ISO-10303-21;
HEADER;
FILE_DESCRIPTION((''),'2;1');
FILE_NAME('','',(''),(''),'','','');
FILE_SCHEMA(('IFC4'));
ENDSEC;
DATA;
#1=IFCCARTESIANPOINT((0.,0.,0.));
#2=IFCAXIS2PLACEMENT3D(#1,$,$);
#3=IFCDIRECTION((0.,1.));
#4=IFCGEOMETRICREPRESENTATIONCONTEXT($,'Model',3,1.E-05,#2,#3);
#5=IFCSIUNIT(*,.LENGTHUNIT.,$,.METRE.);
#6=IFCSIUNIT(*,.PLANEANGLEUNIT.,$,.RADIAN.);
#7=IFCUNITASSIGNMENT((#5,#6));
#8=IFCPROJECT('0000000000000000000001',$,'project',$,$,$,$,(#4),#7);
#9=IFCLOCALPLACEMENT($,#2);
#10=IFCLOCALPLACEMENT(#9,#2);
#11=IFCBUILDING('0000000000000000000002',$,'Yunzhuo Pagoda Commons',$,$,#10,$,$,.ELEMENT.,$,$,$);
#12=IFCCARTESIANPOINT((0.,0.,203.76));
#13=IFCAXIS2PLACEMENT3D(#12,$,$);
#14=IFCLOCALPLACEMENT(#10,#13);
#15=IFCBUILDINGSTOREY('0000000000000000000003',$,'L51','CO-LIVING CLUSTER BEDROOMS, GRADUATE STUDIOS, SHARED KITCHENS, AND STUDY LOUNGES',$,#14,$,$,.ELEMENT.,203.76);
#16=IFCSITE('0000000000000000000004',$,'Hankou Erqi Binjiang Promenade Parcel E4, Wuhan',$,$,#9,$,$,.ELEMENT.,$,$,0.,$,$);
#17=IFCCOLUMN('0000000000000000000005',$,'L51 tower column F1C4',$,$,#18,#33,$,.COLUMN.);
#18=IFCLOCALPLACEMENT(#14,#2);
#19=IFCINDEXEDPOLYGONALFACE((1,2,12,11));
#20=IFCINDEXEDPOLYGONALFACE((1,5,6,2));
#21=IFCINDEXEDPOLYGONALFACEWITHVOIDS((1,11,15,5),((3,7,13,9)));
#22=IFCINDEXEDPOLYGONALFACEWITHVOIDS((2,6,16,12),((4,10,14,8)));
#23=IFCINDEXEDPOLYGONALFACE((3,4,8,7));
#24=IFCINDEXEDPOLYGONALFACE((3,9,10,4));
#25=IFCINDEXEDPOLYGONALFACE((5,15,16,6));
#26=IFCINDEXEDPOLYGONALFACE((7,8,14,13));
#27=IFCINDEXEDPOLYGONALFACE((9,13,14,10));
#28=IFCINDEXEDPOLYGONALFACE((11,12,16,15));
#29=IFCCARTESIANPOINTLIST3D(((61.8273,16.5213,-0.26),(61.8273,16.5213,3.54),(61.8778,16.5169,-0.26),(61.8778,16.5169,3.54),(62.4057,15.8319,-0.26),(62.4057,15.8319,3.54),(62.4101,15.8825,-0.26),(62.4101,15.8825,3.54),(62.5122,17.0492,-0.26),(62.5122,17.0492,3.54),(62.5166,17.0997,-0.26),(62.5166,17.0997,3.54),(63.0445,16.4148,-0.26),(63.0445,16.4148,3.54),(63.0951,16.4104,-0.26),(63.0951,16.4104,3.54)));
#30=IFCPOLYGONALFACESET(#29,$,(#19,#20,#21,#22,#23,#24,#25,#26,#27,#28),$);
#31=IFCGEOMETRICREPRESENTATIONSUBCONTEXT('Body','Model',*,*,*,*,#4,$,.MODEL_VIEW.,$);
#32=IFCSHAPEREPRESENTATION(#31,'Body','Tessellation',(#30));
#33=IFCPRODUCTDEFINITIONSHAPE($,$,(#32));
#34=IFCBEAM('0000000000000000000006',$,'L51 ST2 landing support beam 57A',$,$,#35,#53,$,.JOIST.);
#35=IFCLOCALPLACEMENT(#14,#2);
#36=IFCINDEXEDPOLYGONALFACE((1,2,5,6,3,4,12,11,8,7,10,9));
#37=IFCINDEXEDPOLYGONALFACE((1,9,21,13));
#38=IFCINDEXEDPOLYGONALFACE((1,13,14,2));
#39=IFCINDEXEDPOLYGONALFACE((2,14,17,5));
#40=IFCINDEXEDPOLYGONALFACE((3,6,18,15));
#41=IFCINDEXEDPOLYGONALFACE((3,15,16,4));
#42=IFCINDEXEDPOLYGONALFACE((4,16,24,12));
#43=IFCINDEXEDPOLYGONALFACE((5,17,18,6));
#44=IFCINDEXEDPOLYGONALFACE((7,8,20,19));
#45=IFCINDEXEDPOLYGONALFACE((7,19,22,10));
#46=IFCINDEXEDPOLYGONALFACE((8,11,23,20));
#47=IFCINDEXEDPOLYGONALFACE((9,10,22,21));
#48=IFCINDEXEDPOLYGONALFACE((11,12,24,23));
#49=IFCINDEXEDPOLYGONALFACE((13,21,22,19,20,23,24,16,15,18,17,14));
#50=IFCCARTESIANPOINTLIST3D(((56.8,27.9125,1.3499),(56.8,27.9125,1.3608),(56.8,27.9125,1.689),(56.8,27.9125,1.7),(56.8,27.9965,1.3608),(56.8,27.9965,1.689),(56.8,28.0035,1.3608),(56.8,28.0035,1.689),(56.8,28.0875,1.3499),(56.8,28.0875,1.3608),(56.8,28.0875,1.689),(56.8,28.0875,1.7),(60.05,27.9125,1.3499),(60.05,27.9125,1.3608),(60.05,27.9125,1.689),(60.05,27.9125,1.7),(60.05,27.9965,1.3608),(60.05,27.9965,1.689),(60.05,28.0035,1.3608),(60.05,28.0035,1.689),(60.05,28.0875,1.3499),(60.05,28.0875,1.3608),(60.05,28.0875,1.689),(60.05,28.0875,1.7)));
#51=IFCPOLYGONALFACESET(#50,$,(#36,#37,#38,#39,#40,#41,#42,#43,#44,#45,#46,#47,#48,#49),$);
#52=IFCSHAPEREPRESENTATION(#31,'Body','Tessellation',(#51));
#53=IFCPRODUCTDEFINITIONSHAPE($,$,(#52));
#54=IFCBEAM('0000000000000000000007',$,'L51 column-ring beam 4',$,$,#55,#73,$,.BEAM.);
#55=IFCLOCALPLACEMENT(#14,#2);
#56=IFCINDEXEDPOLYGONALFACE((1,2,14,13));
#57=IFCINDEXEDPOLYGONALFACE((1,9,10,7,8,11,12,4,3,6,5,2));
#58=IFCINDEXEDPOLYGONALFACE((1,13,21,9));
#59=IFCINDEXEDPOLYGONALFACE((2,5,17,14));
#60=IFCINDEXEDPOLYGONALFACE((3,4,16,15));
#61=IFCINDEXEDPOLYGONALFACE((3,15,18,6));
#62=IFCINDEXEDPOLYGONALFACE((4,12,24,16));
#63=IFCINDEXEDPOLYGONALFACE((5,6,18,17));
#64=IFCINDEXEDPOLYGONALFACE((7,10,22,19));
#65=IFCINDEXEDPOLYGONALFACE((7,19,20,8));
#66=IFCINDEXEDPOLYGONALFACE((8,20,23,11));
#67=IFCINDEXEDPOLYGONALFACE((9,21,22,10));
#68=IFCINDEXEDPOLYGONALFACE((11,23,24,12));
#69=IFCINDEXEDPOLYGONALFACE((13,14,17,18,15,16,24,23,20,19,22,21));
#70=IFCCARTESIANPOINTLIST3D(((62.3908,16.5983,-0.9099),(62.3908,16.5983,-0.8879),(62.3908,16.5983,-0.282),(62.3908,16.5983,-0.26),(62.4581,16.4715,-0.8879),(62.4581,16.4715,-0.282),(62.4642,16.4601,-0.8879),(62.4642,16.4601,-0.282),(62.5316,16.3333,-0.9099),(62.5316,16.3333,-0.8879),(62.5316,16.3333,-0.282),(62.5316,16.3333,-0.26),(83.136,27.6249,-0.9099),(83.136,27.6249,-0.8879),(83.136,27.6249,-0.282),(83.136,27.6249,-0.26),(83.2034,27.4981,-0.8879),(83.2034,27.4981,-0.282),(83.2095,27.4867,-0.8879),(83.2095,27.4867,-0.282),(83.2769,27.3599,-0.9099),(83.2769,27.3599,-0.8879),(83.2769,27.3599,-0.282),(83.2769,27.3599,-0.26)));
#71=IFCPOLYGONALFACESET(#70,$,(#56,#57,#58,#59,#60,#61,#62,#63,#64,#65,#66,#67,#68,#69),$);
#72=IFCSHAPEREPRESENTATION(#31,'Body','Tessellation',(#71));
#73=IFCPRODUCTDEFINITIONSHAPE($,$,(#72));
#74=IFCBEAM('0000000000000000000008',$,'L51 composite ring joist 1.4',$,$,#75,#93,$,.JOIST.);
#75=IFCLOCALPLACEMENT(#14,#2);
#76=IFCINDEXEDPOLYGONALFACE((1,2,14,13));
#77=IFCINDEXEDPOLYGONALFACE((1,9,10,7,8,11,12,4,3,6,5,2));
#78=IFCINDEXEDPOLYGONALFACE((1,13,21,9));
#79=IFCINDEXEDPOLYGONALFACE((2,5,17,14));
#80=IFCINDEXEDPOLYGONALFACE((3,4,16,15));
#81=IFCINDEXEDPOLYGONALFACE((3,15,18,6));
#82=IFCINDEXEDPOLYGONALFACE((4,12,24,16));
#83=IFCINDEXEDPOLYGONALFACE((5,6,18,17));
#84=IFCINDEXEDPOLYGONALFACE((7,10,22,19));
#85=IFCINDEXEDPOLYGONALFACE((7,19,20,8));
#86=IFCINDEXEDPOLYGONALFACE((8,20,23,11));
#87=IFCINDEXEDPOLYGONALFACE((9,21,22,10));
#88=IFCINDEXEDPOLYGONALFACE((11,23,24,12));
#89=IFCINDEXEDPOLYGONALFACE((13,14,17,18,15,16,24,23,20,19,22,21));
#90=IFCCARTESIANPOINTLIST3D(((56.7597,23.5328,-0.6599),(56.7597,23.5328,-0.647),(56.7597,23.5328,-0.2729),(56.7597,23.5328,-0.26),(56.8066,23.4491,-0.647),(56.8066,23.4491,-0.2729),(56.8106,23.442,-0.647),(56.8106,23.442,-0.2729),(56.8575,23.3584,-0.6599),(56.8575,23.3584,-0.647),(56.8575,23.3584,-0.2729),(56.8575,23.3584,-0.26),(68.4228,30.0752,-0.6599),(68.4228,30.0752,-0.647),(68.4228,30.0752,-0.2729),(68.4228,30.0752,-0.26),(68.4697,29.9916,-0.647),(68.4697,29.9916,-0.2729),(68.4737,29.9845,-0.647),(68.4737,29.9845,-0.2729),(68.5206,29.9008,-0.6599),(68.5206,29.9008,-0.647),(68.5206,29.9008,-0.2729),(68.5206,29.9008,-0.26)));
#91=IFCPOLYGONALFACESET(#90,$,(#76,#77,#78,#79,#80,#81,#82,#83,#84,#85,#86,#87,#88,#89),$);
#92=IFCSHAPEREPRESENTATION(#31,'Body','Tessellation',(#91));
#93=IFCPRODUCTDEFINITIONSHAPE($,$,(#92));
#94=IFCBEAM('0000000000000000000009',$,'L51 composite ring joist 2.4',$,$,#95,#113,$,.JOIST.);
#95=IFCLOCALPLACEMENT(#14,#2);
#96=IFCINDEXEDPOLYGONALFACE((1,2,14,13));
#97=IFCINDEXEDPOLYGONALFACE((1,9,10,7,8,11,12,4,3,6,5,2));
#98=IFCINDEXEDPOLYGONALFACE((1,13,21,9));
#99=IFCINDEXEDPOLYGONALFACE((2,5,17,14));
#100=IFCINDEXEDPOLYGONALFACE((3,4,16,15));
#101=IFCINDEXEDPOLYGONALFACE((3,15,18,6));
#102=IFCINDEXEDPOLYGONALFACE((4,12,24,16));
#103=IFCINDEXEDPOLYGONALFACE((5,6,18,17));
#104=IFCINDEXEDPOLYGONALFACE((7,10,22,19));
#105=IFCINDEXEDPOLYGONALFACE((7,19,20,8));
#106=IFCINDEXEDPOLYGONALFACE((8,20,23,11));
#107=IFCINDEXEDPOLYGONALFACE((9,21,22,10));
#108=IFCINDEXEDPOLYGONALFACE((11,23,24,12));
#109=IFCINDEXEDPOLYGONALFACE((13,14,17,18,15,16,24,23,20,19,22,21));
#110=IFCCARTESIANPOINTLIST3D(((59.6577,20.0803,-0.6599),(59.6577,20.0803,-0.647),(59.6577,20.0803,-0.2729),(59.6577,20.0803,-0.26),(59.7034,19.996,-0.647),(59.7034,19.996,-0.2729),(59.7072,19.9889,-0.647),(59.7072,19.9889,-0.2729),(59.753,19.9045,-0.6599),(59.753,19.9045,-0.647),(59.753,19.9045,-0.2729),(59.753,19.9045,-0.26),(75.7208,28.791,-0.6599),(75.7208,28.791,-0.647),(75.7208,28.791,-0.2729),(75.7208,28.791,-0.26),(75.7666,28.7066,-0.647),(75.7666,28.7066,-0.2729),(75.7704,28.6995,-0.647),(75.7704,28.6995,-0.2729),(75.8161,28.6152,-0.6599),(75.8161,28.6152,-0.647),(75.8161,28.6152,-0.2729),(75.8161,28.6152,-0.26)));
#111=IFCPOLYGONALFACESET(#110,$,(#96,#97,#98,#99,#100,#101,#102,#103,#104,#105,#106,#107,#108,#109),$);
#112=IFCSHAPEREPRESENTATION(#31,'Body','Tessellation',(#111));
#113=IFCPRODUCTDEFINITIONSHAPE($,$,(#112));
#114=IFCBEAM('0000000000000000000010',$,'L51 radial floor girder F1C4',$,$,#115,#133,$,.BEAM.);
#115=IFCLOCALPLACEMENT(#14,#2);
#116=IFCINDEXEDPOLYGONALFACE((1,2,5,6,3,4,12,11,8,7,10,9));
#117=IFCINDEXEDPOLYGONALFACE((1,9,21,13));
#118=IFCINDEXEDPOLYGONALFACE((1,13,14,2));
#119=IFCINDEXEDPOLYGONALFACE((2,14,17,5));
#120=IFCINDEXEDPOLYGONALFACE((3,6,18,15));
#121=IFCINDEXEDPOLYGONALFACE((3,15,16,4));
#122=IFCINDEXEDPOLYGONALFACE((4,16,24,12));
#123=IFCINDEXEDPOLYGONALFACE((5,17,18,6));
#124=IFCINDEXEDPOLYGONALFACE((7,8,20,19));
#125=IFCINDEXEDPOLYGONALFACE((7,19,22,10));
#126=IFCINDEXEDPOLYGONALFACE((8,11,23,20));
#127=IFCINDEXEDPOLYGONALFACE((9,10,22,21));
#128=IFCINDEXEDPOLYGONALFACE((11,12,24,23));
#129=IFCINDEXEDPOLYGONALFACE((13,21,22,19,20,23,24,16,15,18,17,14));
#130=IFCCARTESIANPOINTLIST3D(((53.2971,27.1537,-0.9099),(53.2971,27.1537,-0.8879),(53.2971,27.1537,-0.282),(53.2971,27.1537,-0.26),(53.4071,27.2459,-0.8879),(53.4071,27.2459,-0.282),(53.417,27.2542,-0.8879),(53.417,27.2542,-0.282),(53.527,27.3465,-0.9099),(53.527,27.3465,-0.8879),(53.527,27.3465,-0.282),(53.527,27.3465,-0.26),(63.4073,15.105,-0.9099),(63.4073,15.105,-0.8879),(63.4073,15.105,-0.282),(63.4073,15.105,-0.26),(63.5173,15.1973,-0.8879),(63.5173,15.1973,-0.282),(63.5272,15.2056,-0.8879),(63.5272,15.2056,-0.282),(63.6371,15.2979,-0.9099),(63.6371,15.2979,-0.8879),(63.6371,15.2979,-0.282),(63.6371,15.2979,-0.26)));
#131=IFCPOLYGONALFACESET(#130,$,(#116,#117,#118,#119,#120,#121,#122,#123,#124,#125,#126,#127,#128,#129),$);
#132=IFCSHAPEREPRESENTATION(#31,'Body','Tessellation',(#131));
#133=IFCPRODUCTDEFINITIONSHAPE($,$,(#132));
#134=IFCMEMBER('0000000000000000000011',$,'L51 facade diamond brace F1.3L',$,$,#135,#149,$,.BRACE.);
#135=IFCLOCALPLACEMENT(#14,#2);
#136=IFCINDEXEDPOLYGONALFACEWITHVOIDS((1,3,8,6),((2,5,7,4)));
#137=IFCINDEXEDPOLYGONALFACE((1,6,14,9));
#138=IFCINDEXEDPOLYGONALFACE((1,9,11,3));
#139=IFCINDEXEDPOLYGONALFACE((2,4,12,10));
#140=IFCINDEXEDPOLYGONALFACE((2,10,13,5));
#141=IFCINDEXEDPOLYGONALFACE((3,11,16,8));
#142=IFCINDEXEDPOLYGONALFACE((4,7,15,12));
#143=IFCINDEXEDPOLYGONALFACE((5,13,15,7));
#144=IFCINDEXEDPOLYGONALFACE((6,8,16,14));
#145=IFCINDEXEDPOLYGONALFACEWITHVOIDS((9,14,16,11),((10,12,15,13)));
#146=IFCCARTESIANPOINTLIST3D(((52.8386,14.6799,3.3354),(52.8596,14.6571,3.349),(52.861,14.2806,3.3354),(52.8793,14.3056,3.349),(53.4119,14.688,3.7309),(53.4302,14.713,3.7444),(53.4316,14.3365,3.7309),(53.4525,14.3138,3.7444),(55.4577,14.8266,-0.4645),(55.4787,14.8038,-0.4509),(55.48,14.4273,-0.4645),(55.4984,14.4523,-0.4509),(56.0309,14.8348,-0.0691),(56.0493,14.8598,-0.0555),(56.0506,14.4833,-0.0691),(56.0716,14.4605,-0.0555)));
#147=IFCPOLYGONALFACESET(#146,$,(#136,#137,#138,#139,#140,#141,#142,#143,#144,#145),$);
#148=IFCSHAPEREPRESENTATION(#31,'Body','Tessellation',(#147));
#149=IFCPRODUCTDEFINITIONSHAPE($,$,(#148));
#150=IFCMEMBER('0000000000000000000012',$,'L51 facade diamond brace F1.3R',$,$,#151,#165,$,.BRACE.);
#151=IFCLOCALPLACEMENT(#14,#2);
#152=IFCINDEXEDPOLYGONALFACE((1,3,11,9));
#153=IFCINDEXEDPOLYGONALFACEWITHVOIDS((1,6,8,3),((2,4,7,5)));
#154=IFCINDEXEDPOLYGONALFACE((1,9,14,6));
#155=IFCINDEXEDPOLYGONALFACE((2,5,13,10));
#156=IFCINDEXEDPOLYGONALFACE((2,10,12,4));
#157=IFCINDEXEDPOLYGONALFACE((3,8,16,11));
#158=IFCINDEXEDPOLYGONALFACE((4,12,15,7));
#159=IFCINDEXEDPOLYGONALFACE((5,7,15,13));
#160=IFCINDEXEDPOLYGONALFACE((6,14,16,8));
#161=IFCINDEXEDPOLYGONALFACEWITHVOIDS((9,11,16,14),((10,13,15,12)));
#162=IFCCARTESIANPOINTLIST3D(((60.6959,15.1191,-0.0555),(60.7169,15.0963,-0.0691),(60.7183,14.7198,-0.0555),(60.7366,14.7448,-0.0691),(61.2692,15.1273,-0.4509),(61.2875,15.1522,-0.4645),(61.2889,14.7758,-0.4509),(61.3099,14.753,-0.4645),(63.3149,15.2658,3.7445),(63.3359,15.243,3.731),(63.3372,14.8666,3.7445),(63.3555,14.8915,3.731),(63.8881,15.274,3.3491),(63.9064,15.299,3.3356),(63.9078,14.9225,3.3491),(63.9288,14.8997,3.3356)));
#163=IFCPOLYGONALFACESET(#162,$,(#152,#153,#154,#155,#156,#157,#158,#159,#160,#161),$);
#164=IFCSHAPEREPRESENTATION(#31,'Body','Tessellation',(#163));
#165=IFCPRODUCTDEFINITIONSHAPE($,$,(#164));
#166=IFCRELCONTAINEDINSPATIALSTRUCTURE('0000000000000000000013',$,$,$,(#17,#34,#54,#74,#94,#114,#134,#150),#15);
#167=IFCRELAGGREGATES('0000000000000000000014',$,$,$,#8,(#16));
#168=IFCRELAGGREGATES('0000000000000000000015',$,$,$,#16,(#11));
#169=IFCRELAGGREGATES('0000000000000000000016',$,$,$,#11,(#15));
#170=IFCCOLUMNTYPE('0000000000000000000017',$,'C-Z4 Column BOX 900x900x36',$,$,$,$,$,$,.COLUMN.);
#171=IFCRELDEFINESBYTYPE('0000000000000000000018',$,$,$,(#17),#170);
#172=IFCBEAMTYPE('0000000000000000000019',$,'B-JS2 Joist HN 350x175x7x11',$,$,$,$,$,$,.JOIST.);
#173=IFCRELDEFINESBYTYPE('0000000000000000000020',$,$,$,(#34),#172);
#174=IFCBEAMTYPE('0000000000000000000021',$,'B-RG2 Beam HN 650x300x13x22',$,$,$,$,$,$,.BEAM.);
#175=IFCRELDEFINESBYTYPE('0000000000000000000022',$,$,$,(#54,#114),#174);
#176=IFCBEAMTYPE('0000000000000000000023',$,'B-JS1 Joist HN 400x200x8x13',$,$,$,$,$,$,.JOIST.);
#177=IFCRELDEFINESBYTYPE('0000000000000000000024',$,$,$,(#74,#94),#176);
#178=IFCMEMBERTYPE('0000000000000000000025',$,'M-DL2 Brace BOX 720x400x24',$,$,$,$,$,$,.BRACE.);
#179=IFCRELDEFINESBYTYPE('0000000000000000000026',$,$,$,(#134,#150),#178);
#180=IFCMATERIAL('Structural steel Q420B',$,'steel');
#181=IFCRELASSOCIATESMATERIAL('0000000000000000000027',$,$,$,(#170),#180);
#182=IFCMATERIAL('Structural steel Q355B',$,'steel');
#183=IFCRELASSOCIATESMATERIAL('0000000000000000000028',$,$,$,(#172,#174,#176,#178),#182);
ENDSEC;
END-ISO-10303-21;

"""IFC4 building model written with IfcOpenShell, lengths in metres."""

from ifc_helpers import new_model, si_unit, direction, frame, origin, origin_2d, place, context, subcontext, project, spatial, hollow_rectangle, i_section, extrude, source, transform, mapped, material, material_profile, profile_set, type_object, element, save


model = new_model("IFC4")

# Units and contexts
model_context = context("Model", 3, precision=1e-05, world=origin(), true_north=direction((0.0, 1.0)))
body_context = subcontext(model_context, "Body", "Model", "MODEL_VIEW")
ifc_project = project(units=[si_unit("LENGTHUNIT", "METRE"), si_unit("PLANEANGLEUNIT", "RADIAN")], contexts=[model_context])

# Site, building, storey
site_placement = place(None, origin())
site = spatial("IfcSite", under=ifc_project, at=site_placement, Name="Hankou Erqi Binjiang Promenade Parcel E4, Wuhan", CompositionType="ELEMENT", RefElevation=0.0)
building_placement = place(site_placement, origin())
building = spatial("IfcBuilding", under=site, at=building_placement, Name="Yunzhuo Pagoda Commons", CompositionType="ELEMENT")
storey_placement = place(building_placement, frame((0.0, 0.0, 203.76)))
storey = spatial("IfcBuildingStorey", under=building, at=storey_placement, Name="L51", Description="CO-LIVING CLUSTER BEDROOMS, GRADUATE STUDIOS, SHARED KITCHENS, AND STUDY LOUNGES", CompositionType="ELEMENT", Elevation=203.76)

# Column
ifc_material_1 = material(Name="Structural steel Q420B", Category="steel")
ifc_material_profile_1 = material_profile(ifc_material_1, hollow_rectangle(XDim=0.8999, YDim=0.8999, WallThickness=0.0359, at=origin_2d()), Name="Structural steel Q420B")
ifc_profile_set_1 = profile_set([ifc_material_profile_1], Name="Structural steel Q420B")
column_type = type_object("IfcColumnType", Name="C-Z4 Column BOX 900x900x36", PredefinedType="COLUMN", material=ifc_profile_set_1)
shared_shape_1 = source(origin(), body_context, "Body", "SweptSolid", [
    extrude(hollow_rectangle(XDim=0.8999, YDim=0.8999, WallThickness=0.0359, at=origin_2d()), origin(), (0.0, 0.0, 1.0), 3.8),
])
column_placement = place(storey_placement, frame((62.4612, 16.4658, -0.26), z_axis=(0.0, 0.0, 1.0), x_axis=(0.766044, 0.642788, 0.0)))
element("IfcColumn", 1, at=column_placement, inside=storey, type_object=column_type, Name="L51 tower column F1C4", PredefinedType="COLUMN", context=body_context, shape_type="MappedRepresentation", body=[
    mapped(shared_shape_1, transform((0.0, 0.0, 0.0), scale=1.0)),
])

# Beams
ifc_material_2 = material(Name="Structural steel Q355B", Category="steel")
ifc_material_profile_2 = material_profile(ifc_material_2, i_section(OverallWidth=0.175, OverallDepth=0.3501, WebThickness=0.0071, FlangeThickness=0.011, at=origin_2d()), Name="Structural steel Q355B")
ifc_profile_set_2 = profile_set([ifc_material_profile_2], Name="Structural steel Q355B")
beam_type_1 = type_object("IfcBeamType", Name="B-JS2 Joist HN 350x175x7x11", PredefinedType="JOIST", material=ifc_profile_set_2)
shared_shape_2 = source(origin(), body_context, "Body", "SweptSolid", [
    extrude(i_section(OverallWidth=0.175, OverallDepth=0.3501, WebThickness=0.0071, FlangeThickness=0.011, at=origin_2d()), origin(), (0.0, 0.0, 1.0), 3.25),
])
beam_1_placement = place(storey_placement, frame((56.8, 28.0, 1.5249), z_axis=(1.0, 0.0, 0.0), x_axis=(0.0, 1.0, 0.0)))
element("IfcBeam", 2, at=beam_1_placement, inside=storey, type_object=beam_type_1, Name="L51 ST2 landing support beam 57A", PredefinedType="JOIST", context=body_context, shape_type="MappedRepresentation", body=[
    mapped(shared_shape_2, transform((0.0, 0.0, 0.0), scale=1.0)),
])
ifc_material_profile_3 = material_profile(ifc_material_2, i_section(OverallWidth=0.3, OverallDepth=0.6499, WebThickness=0.0129, FlangeThickness=0.022, at=origin_2d()), Name="Structural steel Q355B")
ifc_profile_set_3 = profile_set([ifc_material_profile_3], Name="Structural steel Q355B")
beam_type_2 = type_object("IfcBeamType", Name="B-RG2 Beam HN 650x300x13x22", PredefinedType="BEAM", material=ifc_profile_set_3)
shared_shape_3 = source(origin(), body_context, "Body", "SweptSolid", [
    extrude(i_section(OverallWidth=0.3, OverallDepth=0.6499, WebThickness=0.0129, FlangeThickness=0.022, at=origin_2d()), origin(), (0.0, 0.0, 1.0), 23.4937),
])
beam_2_placement = place(storey_placement, frame((62.4612, 16.4658, -0.585), z_axis=(0.883016, 0.469342, 0.0), x_axis=(-0.469342, 0.883016, 0.0)))
element("IfcBeam", 3, at=beam_2_placement, inside=storey, type_object=beam_type_2, Name="L51 column-ring beam 4", PredefinedType="BEAM", context=body_context, shape_type="MappedRepresentation", body=[
    mapped(shared_shape_3, transform((0.0, 0.0, 0.0), scale=1.0)),
])
ifc_material_profile_4 = material_profile(ifc_material_2, i_section(OverallWidth=0.2, OverallDepth=0.3999, WebThickness=0.0081, FlangeThickness=0.0129, at=origin_2d()), Name="Structural steel Q355B")
ifc_profile_set_4 = profile_set([ifc_material_profile_4], Name="Structural steel Q355B")
beam_type_3 = type_object("IfcBeamType", Name="B-JS1 Joist HN 400x200x8x13", PredefinedType="JOIST", material=ifc_profile_set_4)
shared_shape_4 = source(origin(), body_context, "Body", "SweptSolid", [
    extrude(i_section(OverallWidth=0.2, OverallDepth=0.3999, WebThickness=0.0081, FlangeThickness=0.0129, at=origin_2d()), origin(), (0.0, 0.0, 1.0), 13.3728),
])
beam_3_placement = place(storey_placement, frame((56.8086, 23.4456, -0.46), z_axis=(0.87215, 0.489238, 0.0), x_axis=(-0.489238, 0.87215, 0.0)))
element("IfcBeam", 4, at=beam_3_placement, inside=storey, type_object=beam_type_3, Name="L51 composite ring joist 1.4", PredefinedType="JOIST", context=body_context, shape_type="MappedRepresentation", body=[
    mapped(shared_shape_4, transform((0.0, 0.0, 0.0), scale=1.0)),
])
shared_shape_5 = source(origin(), body_context, "Body", "SweptSolid", [
    extrude(i_section(OverallWidth=0.2, OverallDepth=0.3999, WebThickness=0.0081, FlangeThickness=0.0129, at=origin_2d()), origin(), (0.0, 0.0, 1.0), 18.2729),
])
beam_4_placement = place(storey_placement, frame((59.7053, 19.9924, -0.46), z_axis=(0.879068, 0.476697, 0.0), x_axis=(-0.476697, 0.879068, 0.0)))
element("IfcBeam", 5, at=beam_4_placement, inside=storey, type_object=beam_type_3, Name="L51 composite ring joist 2.4", PredefinedType="JOIST", context=body_context, shape_type="MappedRepresentation", body=[
    mapped(shared_shape_5, transform((0.0, 0.0, 0.0), scale=1.0)),
])
shared_shape_6 = source(origin(), body_context, "Body", "SweptSolid", [
    extrude(i_section(OverallWidth=0.3, OverallDepth=0.6499, WebThickness=0.0129, FlangeThickness=0.022, at=origin_2d()), origin(), (0.0, 0.0, 1.0), 15.7285),
])
beam_5_placement = place(storey_placement, frame((63.5222, 15.2014, -0.585), z_axis=(-0.642793, 0.76604, 0.0), x_axis=(-0.76604, -0.642793, 0.0)))
element("IfcBeam", 6, at=beam_5_placement, inside=storey, type_object=beam_type_2, Name="L51 radial floor girder F1C4", PredefinedType="BEAM", context=body_context, shape_type="MappedRepresentation", body=[
    mapped(shared_shape_6, transform((0.0, 0.0, 0.0), scale=1.0)),
])

# Members
ifc_material_profile_5 = material_profile(ifc_material_2, hollow_rectangle(XDim=0.3999, YDim=0.72, WallThickness=0.0239, at=origin_2d()), Name="Structural steel Q355B")
ifc_profile_set_5 = profile_set([ifc_material_profile_5], Name="Structural steel Q355B")
member_type_1 = type_object("IfcMemberType", Name="M-DL2 Brace BOX 720x400x24", PredefinedType="BRACE", material=ifc_profile_set_5)
shared_shape_7 = source(origin(), body_context, "Body", "SweptSolid", [
    extrude(hollow_rectangle(XDim=0.3999, YDim=0.72, WallThickness=0.0239, at=origin_2d()), origin(), (0.0, 0.0, 1.0), 4.6174),
])
for number, where, z_axis, x_axis, name in (
    (7, (55.7646, 14.6436, -0.26), (-0.567214, -0.031776, 0.822957), (0.055934, -0.998434, 0.0), "L51 facade diamond brace F1.3L"),
    (8, (61.0029, 14.936, -0.26), (0.567178, 0.031777, 0.822982), (-0.055939, 0.998434, 0.0), "L51 facade diamond brace F1.3R"),
):
    element("IfcMember", number, at=place(storey_placement, frame(where, z_axis=z_axis, x_axis=x_axis)), inside=storey, type_object=member_type_1, Name=name, PredefinedType="BRACE", context=body_context, shape_type="MappedRepresentation", body=[
        mapped(shared_shape_7, transform((0.0, 0.0, 0.0), scale=1.0)),
    ])

save(model, "model.ifc")
